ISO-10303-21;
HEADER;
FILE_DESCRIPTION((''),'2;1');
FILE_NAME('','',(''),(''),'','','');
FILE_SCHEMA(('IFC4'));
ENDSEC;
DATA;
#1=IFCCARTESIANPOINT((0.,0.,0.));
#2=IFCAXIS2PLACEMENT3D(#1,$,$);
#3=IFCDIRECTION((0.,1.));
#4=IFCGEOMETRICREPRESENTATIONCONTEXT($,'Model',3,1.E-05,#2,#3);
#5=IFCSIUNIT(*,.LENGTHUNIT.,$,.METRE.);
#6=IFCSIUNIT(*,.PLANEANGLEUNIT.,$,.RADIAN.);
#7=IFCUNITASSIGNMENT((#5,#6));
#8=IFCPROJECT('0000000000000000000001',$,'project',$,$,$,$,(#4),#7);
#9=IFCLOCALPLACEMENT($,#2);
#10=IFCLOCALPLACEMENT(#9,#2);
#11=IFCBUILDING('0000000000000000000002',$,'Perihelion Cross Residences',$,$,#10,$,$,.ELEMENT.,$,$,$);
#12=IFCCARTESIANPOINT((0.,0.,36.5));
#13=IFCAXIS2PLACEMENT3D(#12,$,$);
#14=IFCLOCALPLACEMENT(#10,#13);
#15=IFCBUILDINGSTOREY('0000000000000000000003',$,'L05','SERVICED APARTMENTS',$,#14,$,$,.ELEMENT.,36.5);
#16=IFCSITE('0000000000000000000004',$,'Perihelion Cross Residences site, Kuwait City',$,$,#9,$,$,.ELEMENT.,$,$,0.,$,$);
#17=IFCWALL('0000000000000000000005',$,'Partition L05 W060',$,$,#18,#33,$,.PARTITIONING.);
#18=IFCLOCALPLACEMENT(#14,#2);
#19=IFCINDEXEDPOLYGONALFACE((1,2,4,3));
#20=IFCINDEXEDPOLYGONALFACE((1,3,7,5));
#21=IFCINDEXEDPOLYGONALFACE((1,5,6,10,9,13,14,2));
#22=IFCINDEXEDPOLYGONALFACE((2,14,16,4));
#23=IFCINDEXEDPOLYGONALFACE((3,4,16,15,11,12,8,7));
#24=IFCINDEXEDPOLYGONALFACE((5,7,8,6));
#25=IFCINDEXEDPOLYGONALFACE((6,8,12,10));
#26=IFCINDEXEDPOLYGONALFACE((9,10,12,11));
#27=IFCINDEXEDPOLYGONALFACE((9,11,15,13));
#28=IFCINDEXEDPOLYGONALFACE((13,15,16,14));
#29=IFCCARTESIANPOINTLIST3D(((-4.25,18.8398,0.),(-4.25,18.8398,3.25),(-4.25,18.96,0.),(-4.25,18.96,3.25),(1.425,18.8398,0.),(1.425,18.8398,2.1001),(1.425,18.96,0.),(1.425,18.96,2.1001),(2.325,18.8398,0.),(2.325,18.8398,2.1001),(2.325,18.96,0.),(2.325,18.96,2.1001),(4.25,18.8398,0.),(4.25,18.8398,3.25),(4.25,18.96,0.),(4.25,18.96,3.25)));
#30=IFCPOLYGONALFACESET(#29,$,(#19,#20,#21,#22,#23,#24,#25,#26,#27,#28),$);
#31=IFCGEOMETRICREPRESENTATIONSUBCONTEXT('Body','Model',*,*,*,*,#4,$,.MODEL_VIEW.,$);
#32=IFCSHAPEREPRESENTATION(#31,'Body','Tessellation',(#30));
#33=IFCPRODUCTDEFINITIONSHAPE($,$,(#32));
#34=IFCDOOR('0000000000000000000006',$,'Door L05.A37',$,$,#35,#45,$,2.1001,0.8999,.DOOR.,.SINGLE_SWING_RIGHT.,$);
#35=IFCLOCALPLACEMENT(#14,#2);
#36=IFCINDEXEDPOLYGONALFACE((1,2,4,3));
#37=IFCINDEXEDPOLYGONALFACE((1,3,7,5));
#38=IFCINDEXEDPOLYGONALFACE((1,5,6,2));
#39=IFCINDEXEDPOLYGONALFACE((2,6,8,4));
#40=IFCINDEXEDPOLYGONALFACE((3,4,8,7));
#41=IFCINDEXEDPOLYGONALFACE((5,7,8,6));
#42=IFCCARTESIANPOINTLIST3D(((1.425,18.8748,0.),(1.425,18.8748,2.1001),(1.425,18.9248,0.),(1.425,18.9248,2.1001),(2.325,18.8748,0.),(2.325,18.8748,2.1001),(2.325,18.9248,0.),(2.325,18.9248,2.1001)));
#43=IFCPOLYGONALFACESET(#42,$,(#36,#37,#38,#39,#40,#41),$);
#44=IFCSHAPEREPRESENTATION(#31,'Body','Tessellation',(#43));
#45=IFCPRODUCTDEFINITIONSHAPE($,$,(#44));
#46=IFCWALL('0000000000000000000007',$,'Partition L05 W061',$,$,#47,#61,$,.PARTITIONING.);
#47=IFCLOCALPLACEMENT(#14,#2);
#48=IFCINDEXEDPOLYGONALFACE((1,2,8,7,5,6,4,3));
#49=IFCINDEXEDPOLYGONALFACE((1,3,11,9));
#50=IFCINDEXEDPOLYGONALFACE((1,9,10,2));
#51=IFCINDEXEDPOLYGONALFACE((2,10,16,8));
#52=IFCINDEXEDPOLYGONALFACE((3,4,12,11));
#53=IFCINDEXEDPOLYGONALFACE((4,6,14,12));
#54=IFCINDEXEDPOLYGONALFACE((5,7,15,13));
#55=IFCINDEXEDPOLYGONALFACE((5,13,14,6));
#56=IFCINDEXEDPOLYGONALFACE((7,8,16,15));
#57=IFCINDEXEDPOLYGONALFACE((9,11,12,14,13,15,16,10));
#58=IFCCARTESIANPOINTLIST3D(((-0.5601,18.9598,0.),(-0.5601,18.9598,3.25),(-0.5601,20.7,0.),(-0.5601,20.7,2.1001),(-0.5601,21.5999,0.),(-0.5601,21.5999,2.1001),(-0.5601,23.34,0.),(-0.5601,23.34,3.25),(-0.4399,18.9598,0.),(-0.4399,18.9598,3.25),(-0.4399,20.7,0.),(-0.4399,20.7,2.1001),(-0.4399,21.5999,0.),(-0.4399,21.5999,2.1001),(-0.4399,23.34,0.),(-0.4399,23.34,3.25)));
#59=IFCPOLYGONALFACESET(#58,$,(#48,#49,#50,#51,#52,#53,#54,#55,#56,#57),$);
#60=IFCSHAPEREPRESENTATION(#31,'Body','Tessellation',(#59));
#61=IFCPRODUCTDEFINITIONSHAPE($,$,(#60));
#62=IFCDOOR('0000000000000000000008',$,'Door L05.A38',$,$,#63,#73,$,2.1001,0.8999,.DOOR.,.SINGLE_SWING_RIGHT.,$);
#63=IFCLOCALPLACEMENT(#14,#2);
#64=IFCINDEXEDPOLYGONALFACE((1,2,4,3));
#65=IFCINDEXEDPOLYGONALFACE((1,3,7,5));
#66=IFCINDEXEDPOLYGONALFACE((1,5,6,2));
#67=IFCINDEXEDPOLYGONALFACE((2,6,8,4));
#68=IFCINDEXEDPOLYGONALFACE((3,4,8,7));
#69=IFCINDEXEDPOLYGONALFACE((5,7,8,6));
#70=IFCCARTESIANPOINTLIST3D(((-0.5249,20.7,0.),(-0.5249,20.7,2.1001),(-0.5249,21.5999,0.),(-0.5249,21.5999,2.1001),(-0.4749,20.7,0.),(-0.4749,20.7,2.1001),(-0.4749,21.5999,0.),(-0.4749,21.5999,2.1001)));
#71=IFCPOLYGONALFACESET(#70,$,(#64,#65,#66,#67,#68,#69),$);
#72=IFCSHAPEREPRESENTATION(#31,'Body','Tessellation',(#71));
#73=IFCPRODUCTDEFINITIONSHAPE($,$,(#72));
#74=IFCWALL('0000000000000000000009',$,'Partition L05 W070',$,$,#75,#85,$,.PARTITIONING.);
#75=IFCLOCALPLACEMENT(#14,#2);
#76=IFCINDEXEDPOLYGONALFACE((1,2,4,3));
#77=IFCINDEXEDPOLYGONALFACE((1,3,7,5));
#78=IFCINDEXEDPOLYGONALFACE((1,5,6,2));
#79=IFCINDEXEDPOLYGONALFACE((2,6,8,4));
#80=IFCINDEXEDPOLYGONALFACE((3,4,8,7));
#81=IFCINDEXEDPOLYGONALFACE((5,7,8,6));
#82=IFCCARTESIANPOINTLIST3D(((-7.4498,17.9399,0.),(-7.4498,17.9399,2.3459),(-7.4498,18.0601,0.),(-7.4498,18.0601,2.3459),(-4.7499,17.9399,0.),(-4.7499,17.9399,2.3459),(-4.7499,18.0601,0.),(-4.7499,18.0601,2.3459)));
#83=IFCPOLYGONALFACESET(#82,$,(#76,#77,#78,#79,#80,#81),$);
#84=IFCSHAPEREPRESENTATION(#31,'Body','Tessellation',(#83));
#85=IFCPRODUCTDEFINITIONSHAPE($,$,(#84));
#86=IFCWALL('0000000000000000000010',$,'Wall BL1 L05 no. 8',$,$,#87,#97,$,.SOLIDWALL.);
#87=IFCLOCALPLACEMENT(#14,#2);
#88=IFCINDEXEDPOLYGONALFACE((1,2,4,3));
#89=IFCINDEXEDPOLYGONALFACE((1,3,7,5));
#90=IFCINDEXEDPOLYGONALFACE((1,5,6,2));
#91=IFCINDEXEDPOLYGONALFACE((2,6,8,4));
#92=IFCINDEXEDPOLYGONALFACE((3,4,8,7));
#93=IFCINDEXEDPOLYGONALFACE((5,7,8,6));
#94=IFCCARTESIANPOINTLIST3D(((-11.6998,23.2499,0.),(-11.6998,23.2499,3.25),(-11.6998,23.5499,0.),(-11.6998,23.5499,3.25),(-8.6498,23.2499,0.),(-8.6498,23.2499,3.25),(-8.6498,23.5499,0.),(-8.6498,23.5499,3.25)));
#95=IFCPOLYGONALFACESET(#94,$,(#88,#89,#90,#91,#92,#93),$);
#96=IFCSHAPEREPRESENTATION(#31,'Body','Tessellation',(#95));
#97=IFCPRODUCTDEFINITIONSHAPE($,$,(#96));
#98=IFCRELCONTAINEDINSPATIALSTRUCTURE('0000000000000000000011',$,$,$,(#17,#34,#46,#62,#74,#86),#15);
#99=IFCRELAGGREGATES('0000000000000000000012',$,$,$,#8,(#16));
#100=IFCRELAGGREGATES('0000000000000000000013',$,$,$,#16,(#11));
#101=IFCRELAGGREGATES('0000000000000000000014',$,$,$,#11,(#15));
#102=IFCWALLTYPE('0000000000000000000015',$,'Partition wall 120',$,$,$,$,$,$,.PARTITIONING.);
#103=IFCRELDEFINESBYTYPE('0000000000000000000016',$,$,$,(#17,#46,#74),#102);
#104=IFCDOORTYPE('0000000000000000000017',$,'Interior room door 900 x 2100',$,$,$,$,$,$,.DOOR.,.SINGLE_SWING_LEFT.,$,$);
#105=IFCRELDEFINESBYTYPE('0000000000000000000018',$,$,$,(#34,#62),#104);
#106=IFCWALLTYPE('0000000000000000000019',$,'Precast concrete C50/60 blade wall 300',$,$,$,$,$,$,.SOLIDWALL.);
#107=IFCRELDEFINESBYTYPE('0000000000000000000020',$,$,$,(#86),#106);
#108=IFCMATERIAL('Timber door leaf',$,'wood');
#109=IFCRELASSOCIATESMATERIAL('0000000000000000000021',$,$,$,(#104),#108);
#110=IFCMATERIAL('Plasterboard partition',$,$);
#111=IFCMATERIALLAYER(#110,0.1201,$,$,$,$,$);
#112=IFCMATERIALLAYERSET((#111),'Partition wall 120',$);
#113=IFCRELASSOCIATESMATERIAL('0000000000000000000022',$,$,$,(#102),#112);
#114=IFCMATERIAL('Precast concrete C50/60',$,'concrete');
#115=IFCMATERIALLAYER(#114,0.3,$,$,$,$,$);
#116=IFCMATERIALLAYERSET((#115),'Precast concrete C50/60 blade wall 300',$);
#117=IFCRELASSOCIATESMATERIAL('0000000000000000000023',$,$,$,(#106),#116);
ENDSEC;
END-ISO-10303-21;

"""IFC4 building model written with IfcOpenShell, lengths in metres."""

from ifc_helpers import new_model, si_unit, direction, frame, frame_2d, origin, place, context, subcontext, project, spatial, rectangle, extrude, material, layer, layer_set, type_object, element, fill, save


model = new_model("IFC4")

# Units and contexts
model_context = context("Model", 3, precision=1e-05, world=origin(), true_north=direction((0.0, 1.0)))
body_context = subcontext(model_context, "Body", "Model", "MODEL_VIEW")
ifc_project = project(units=[si_unit("LENGTHUNIT", "METRE"), si_unit("PLANEANGLEUNIT", "RADIAN")], contexts=[model_context])

# Site, building, storey
site_placement = place(None, origin())
site = spatial("IfcSite", under=ifc_project, at=site_placement, Name="Perihelion Cross Residences site, Kuwait City", CompositionType="ELEMENT", RefElevation=0.0)
building_placement = place(site_placement, origin())
building = spatial("IfcBuilding", under=site, at=building_placement, Name="Perihelion Cross Residences", CompositionType="ELEMENT")
storey_placement = place(building_placement, frame((0.0, 0.0, 36.5)))
storey = spatial("IfcBuildingStorey", under=building, at=storey_placement, Name="L05", Description="SERVICED APARTMENTS", CompositionType="ELEMENT", Elevation=36.5)

# Walls, openings, doors
ifc_material_1 = material(Name="Timber door leaf", Category="wood")
door_type_1 = type_object("IfcDoorType", Name="Interior room door 900 x 2100", OperationType="SINGLE_SWING_LEFT", PredefinedType="DOOR", material=ifc_material_1)
ifc_material_2 = material(Name="Plasterboard partition")
ifc_layer_1 = layer(ifc_material_2, 0.1201)
ifc_layer_set_1 = layer_set([ifc_layer_1], Name="Partition wall 120")
wall_type_1 = type_object("IfcWallType", Name="Partition wall 120", PredefinedType="PARTITIONING", material=ifc_layer_set_1)
wall_1_placement = place(storey_placement, frame((-4.25, 18.8999, 0.0), z_axis=(0.0, 0.0, 1.0), x_axis=(1.0, 0.0, 0.0)))
wall_1 = element("IfcWall", 1, at=wall_1_placement, inside=storey, type_object=wall_type_1, Name="Partition L05 W060", PredefinedType="PARTITIONING", context=body_context, shape_type="SweptSolid", body=[
    extrude(rectangle(XDim=8.5, YDim=0.1201, at=frame_2d((4.25, 0.0))), origin(), (0.0, 0.0, 1.0), 3.25),
])
opening_1_placement = place(wall_1_placement, frame((5.675, 0.0, 0.0)))
opening_1 = element("IfcOpeningElement", 2, at=opening_1_placement, cuts=wall_1, PredefinedType="OPENING", context=body_context, shape_type="SweptSolid", body=[
    extrude(rectangle(XDim=0.8999, YDim=2.1001, at=frame_2d((0.45, 1.05))), frame((0.0, 0.0701, 0.0), z_axis=(0.0, -1.0, 0.0), x_axis=(1.0, 0.0, 0.0)), (0.0, 0.0, 1.0), 0.1401),
])
door_1_placement = place(opening_1_placement, origin())
door_1 = element("IfcDoor", 3, at=door_1_placement, inside=storey, type_object=door_type_1, Name="Door L05.A37", OperationType="SINGLE_SWING_RIGHT", OverallHeight=2.1001, OverallWidth=0.8999, PredefinedType="DOOR", context=body_context, shape_type="SweptSolid", body=[
    extrude(rectangle(XDim=0.8999, YDim=2.1001, at=frame_2d((0.45, 1.05))), frame((0.0, 0.0249, 0.0), z_axis=(0.0, -1.0, 0.0), x_axis=(1.0, 0.0, 0.0)), (0.0, 0.0, 1.0), 0.05),
])
fill(opening_1, door_1)
wall_2_placement = place(storey_placement, frame((-0.5, 18.96, 0.0), z_axis=(0.0, 0.0, 1.0), x_axis=(0.0, 1.0, 0.0)))
wall_2 = element("IfcWall", 4, at=wall_2_placement, inside=storey, type_object=wall_type_1, Name="Partition L05 W061", PredefinedType="PARTITIONING", context=body_context, shape_type="SweptSolid", body=[
    extrude(rectangle(XDim=4.3801, YDim=0.1201, at=frame_2d((2.1899, 0.0))), origin(), (0.0, 0.0, 1.0), 3.25),
])
opening_2_placement = place(wall_2_placement, frame((1.74, 0.0, 0.0)))
opening_2 = element("IfcOpeningElement", 5, at=opening_2_placement, cuts=wall_2, PredefinedType="OPENING", context=body_context, shape_type="SweptSolid", body=[
    extrude(rectangle(XDim=0.8999, YDim=2.1001, at=frame_2d((0.45, 1.05))), frame((0.0, 0.0701, 0.0), z_axis=(0.0, -1.0, 0.0), x_axis=(1.0, 0.0, 0.0)), (0.0, 0.0, 1.0), 0.1401),
])
door_2_placement = place(opening_2_placement, origin())
door_2 = element("IfcDoor", 6, at=door_2_placement, inside=storey, type_object=door_type_1, Name="Door L05.A38", OperationType="SINGLE_SWING_RIGHT", OverallHeight=2.1001, OverallWidth=0.8999, PredefinedType="DOOR", context=body_context, shape_type="SweptSolid", body=[
    extrude(rectangle(XDim=0.8999, YDim=2.1001, at=frame_2d((0.45, 1.05))), frame((0.0, 0.0249, 0.0), z_axis=(0.0, -1.0, 0.0), x_axis=(1.0, 0.0, 0.0)), (0.0, 0.0, 1.0), 0.05),
])
fill(opening_2, door_2)

# Walls
wall_3_placement = place(storey_placement, frame((-7.45, 18.0, 0.0), z_axis=(0.0, 0.0, 1.0), x_axis=(1.0, 0.0, 0.0)))
element("IfcWall", 7, at=wall_3_placement, inside=storey, type_object=wall_type_1, Name="Partition L05 W070", PredefinedType="PARTITIONING", context=body_context, shape_type="SweptSolid", body=[
    extrude(rectangle(XDim=2.7, YDim=0.1201, at=frame_2d((1.3501, 0.0))), origin(), (0.0, 0.0, 1.0), 2.3459),
])
ifc_material_3 = material(Name="Precast concrete C50/60", Category="concrete")
ifc_layer_2 = layer(ifc_material_3, 0.3)
ifc_layer_set_2 = layer_set([ifc_layer_2], Name="Precast concrete C50/60 blade wall 300")
wall_type_2 = type_object("IfcWallType", Name="Precast concrete C50/60 blade wall 300", PredefinedType="SOLIDWALL", material=ifc_layer_set_2)
wall_4_placement = place(storey_placement, frame((-8.6499, 23.3999, 0.0), z_axis=(0.0, 0.0, 1.0), x_axis=(-1.0, 0.0, 0.0)))
element("IfcWall", 8, at=wall_4_placement, inside=storey, type_object=wall_type_2, Name="Wall BL1 L05 no. 8", PredefinedType="SOLIDWALL", context=body_context, shape_type="SweptSolid", body=[
    extrude(rectangle(XDim=3.05, YDim=0.3, at=frame_2d((1.5249, 0.0))), origin(), (0.0, 0.0, 1.0), 3.25),
])

save(model, "model.ifc")
